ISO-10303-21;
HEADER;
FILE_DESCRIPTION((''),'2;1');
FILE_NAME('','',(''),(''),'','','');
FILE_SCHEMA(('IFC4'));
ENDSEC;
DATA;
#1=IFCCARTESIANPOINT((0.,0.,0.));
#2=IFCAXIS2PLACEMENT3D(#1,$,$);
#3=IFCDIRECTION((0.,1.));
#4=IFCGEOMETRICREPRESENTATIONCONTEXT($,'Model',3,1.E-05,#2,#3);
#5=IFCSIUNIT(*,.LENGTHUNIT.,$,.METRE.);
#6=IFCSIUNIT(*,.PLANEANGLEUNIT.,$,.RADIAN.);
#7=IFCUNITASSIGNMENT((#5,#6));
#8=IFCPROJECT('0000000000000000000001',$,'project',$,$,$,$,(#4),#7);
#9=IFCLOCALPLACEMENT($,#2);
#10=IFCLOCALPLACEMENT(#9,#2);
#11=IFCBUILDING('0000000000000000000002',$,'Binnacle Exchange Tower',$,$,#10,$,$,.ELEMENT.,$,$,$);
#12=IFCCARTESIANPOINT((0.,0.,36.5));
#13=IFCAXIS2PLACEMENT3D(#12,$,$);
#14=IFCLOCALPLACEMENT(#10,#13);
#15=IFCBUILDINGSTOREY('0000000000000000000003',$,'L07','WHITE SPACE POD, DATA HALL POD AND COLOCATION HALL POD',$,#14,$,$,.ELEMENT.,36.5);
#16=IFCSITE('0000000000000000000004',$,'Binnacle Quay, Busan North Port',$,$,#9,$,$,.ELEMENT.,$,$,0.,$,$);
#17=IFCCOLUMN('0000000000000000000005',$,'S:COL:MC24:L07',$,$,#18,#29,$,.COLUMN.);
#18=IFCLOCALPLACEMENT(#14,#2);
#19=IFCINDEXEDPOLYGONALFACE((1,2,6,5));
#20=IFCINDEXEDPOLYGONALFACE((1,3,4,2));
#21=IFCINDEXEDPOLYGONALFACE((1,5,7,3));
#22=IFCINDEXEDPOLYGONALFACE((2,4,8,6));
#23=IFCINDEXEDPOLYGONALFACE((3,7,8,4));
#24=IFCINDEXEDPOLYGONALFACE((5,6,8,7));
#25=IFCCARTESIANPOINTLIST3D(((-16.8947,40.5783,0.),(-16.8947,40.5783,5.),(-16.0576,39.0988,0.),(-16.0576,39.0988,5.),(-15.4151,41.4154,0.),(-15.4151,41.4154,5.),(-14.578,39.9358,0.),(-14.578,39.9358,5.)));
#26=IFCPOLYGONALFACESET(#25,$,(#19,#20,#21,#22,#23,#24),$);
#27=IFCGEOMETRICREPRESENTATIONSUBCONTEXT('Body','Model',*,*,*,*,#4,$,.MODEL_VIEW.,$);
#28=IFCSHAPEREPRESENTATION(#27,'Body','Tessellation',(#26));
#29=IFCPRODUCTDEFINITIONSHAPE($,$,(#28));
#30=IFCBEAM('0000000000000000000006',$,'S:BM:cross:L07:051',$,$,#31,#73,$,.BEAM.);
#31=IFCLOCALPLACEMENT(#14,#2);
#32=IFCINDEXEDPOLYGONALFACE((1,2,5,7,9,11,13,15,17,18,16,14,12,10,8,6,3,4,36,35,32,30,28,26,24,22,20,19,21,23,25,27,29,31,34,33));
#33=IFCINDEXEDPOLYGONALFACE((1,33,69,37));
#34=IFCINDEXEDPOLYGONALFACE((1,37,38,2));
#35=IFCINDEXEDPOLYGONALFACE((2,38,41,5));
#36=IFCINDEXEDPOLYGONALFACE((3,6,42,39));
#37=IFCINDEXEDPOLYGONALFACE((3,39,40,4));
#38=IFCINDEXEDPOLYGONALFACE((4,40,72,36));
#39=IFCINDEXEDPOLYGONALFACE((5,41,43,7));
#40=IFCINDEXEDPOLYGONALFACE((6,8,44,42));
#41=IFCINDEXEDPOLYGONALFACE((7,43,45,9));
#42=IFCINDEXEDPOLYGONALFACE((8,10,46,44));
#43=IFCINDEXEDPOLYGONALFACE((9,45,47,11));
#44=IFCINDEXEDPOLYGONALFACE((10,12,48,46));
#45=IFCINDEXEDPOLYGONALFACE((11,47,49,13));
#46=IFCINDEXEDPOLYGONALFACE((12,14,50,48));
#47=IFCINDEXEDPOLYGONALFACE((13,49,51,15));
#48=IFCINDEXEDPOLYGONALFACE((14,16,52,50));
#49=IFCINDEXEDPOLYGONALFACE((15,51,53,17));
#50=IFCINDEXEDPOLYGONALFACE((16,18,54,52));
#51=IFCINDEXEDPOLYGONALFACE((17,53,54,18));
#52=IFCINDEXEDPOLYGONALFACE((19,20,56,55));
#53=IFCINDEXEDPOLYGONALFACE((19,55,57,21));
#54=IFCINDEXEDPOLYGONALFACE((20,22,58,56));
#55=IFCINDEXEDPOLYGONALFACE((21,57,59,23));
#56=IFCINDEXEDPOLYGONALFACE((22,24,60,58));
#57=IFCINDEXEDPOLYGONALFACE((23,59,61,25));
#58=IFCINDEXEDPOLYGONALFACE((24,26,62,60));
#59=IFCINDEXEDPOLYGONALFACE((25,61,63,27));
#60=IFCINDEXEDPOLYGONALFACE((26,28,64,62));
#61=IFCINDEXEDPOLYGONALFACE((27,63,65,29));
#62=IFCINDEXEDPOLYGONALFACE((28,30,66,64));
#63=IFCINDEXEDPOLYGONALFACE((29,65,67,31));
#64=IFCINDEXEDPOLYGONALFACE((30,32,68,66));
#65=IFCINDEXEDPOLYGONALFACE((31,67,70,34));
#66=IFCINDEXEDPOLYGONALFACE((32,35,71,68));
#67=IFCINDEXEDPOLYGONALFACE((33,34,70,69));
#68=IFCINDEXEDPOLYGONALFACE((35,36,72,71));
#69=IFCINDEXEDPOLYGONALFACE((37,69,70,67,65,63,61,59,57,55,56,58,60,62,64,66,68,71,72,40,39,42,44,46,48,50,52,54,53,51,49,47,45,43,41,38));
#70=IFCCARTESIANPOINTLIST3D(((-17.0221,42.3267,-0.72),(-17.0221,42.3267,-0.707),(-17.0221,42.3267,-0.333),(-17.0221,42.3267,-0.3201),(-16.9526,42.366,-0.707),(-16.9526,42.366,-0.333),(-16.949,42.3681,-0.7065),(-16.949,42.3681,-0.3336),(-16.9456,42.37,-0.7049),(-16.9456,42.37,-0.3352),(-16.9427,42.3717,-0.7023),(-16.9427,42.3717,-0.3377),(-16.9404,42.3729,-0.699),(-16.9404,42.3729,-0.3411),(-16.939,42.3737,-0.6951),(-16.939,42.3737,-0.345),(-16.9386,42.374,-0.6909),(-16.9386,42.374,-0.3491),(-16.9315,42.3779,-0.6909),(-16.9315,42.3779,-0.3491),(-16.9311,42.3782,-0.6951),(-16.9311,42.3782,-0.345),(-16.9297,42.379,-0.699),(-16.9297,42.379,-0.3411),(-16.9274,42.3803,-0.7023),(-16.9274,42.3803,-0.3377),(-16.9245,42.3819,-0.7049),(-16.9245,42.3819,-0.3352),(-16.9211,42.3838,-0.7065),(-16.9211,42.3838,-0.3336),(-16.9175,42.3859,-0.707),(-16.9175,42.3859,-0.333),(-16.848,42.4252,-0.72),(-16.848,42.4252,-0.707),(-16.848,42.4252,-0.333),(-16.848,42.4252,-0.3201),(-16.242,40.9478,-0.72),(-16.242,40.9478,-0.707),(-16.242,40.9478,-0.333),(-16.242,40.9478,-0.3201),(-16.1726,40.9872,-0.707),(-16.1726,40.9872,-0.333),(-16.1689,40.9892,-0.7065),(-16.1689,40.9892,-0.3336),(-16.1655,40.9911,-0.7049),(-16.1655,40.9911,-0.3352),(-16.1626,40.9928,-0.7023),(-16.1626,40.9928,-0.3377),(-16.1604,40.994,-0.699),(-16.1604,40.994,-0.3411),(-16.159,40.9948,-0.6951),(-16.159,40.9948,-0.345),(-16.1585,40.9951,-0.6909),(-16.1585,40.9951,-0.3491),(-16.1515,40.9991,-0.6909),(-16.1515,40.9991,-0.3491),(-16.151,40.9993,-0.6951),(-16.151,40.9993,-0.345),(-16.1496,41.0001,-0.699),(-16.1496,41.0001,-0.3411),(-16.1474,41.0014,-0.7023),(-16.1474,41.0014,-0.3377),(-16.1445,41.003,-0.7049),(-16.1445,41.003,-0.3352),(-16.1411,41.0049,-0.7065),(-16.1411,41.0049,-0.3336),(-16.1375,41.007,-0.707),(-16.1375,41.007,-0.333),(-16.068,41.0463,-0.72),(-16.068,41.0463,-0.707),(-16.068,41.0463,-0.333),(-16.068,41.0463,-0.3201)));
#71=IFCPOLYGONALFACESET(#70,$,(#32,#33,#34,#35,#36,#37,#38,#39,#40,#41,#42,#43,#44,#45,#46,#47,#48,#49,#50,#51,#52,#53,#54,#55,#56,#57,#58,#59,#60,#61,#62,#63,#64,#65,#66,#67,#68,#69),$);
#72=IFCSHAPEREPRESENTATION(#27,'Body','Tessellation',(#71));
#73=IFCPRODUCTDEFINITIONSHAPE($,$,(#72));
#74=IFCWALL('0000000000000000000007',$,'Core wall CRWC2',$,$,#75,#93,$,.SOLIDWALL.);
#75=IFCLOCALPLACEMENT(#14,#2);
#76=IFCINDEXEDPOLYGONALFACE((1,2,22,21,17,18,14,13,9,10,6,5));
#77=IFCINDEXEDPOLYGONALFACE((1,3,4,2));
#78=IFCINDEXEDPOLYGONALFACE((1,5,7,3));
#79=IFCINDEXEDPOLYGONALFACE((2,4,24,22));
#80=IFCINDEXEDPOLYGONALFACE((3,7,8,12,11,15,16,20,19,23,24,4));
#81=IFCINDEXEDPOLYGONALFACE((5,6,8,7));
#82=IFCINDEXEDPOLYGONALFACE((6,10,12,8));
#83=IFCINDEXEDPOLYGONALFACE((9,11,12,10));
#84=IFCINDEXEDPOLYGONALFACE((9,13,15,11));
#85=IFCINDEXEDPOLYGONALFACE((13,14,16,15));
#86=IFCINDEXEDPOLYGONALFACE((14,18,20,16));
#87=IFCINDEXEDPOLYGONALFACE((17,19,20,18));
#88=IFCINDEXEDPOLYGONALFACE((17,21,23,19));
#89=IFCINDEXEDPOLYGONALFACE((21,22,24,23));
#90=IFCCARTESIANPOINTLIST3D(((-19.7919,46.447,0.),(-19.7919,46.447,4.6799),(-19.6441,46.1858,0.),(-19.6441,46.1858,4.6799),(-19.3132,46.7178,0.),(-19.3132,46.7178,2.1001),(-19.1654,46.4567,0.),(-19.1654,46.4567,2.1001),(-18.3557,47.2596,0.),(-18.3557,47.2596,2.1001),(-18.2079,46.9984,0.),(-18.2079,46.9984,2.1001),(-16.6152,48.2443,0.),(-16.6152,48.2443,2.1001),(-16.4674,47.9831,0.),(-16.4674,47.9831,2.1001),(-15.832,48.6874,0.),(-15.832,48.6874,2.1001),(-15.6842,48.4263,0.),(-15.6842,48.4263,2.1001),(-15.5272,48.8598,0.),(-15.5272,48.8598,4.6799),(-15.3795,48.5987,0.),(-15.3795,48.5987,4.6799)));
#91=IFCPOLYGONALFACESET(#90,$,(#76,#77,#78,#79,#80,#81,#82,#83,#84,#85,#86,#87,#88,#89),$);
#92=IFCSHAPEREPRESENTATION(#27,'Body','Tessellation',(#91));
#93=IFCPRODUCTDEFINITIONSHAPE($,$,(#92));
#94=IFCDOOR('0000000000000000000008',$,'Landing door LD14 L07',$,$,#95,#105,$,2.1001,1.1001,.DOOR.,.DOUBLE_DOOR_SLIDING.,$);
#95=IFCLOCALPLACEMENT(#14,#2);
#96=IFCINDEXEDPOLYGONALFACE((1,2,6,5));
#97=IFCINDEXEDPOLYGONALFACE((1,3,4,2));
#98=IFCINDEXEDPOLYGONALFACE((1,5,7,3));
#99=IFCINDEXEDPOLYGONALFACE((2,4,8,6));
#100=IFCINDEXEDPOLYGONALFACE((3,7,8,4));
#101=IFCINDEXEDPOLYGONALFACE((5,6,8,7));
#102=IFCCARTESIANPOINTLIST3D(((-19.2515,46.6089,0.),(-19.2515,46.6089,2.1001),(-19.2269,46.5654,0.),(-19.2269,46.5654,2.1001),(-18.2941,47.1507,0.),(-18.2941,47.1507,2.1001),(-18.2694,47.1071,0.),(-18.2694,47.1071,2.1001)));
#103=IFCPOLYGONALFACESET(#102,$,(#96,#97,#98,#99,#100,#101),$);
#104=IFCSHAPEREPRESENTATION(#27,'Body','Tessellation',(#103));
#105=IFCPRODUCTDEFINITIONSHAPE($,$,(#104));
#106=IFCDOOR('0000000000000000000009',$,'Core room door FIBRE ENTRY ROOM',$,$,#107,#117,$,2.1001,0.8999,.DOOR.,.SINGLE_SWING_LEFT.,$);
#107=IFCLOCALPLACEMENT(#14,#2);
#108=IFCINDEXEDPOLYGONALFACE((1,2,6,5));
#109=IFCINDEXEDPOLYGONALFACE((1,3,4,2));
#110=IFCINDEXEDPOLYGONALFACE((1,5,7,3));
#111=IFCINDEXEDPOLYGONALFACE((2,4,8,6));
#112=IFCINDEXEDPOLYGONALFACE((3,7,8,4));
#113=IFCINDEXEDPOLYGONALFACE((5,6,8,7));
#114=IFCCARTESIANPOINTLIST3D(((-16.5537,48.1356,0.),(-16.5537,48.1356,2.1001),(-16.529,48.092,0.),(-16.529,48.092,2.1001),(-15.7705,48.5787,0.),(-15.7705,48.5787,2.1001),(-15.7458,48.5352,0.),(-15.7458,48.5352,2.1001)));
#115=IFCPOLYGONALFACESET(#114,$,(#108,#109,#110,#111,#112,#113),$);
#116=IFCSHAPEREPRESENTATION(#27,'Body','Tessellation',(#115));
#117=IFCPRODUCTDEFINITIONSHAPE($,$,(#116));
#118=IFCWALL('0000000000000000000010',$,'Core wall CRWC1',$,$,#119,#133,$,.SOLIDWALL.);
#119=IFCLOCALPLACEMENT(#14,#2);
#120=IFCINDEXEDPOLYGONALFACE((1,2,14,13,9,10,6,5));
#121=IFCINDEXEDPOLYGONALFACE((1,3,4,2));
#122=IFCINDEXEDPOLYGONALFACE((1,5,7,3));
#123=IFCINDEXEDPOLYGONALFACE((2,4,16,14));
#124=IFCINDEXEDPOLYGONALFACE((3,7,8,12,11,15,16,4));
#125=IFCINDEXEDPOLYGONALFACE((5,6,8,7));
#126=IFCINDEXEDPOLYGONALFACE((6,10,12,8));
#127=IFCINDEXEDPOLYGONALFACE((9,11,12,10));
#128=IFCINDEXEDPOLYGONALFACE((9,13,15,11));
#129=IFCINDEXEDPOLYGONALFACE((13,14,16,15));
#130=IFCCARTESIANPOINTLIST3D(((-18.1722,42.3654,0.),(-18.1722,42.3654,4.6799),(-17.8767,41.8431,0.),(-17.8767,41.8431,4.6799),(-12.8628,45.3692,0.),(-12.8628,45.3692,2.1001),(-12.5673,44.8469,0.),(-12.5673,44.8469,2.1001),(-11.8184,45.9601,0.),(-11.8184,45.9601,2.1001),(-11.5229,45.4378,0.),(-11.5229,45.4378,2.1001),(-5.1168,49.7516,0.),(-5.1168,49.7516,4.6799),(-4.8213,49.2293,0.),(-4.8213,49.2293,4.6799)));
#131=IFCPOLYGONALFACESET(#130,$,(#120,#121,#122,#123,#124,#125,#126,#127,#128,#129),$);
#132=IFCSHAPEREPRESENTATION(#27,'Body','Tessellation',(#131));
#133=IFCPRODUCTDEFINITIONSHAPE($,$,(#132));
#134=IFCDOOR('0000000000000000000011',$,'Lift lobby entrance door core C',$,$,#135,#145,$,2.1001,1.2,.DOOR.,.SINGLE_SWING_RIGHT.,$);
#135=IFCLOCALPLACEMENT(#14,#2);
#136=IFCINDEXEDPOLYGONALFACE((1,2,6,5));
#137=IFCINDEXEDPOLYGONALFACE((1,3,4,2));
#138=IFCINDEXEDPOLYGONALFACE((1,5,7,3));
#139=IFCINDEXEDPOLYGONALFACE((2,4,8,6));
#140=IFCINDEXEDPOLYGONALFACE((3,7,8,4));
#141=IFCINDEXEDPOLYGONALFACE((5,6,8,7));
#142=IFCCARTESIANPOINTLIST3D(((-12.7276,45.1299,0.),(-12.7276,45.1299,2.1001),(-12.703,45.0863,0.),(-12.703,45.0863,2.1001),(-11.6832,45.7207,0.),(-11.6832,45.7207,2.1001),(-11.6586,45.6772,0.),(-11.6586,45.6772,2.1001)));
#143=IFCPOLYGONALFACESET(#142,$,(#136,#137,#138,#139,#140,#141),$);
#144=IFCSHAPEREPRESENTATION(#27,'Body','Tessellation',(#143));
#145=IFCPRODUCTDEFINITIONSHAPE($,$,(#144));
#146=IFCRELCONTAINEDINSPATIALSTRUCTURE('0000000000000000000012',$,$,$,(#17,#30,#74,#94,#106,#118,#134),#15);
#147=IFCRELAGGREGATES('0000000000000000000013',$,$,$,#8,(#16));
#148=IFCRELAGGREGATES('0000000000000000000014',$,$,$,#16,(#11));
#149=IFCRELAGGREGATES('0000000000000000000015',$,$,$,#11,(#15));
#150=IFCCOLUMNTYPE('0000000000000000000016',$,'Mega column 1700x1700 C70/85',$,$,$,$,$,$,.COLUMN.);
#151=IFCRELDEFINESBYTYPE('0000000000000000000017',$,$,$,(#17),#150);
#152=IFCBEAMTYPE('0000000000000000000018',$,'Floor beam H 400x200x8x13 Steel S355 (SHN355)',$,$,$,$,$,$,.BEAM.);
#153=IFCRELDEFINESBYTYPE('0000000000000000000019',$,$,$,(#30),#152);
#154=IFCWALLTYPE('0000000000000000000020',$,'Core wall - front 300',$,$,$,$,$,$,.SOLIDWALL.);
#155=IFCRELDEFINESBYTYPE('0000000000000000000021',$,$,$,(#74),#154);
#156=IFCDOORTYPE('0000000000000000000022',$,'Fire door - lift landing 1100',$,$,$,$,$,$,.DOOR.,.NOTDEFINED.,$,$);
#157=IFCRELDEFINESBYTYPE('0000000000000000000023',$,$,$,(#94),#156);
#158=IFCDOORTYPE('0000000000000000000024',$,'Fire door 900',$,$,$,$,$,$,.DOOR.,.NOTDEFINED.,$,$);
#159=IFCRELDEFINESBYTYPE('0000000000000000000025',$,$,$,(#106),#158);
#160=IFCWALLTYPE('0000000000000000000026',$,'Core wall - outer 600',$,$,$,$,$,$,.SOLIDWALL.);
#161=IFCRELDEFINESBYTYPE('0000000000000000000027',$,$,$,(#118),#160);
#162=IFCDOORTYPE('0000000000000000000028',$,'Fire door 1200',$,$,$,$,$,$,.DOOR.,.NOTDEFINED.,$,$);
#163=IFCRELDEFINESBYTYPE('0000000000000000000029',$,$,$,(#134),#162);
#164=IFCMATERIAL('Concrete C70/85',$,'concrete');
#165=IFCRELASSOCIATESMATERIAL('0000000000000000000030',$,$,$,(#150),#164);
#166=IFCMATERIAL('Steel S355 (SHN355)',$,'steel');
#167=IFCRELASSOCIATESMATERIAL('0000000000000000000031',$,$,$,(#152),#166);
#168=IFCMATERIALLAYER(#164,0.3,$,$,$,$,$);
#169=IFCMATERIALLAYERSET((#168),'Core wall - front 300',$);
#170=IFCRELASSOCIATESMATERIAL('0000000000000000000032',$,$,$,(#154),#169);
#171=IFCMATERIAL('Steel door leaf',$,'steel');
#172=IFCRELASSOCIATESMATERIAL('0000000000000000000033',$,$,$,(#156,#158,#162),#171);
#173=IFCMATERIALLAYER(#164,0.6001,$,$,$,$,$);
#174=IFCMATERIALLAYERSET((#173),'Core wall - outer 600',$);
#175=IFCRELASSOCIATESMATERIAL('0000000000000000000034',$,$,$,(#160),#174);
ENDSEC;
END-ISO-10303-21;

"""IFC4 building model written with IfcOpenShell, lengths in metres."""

from ifc_helpers import new_model, si_unit, direction, frame, frame_2d, origin, origin_2d, place, context, subcontext, project, spatial, rectangle, i_section, extrude, material, layer, layer_set, material_profile, profile_set, type_object, element, fill, save


model = new_model("IFC4")

# Units and contexts
model_context = context("Model", 3, precision=1e-05, world=origin(), true_north=direction((0.0, 1.0)))
body_context = subcontext(model_context, "Body", "Model", "MODEL_VIEW")
ifc_project = project(units=[si_unit("LENGTHUNIT", "METRE"), si_unit("PLANEANGLEUNIT", "RADIAN")], contexts=[model_context])

# Site, building, storey
site_placement = place(None, origin())
site = spatial("IfcSite", under=ifc_project, at=site_placement, Name="Binnacle Quay, Busan North Port", CompositionType="ELEMENT", RefElevation=0.0)
building_placement = place(site_placement, origin())
building = spatial("IfcBuilding", under=site, at=building_placement, Name="Binnacle Exchange Tower", CompositionType="ELEMENT")
storey_placement = place(building_placement, frame((0.0, 0.0, 36.5)))
storey = spatial("IfcBuildingStorey", under=building, at=storey_placement, Name="L07", Description="WHITE SPACE POD, DATA HALL POD AND COLOCATION HALL POD", CompositionType="ELEMENT", Elevation=36.5)

# Column
ifc_material_1 = material(Name="Concrete C70/85", Category="concrete")
ifc_material_profile_1 = material_profile(ifc_material_1, rectangle(XDim=1.7, YDim=1.7, at=origin_2d()), Name="Mega column 1700x1700 C70/85")
ifc_profile_set_1 = profile_set([ifc_material_profile_1], Name="Concrete C70/85")
column_type = type_object("IfcColumnType", Name="Mega column 1700x1700 C70/85", PredefinedType="COLUMN", material=ifc_profile_set_1)
column_placement = place(storey_placement, frame((-15.7363, 40.2571, 0.0), z_axis=(0.0, 0.0, 1.0), x_axis=(0.870356, 0.492424, 0.0)))
element("IfcColumn", 1, at=column_placement, inside=storey, type_object=column_type, Name="S:COL:MC24:L07", PredefinedType="COLUMN", context=body_context, shape_type="SweptSolid", body=[
    extrude(rectangle(XDim=1.7, YDim=1.7, at=origin_2d()), origin(), (0.0, 0.0, 1.0), 5.0),
])

# Beam
ifc_material_2 = material(Name="Steel S355 (SHN355)", Category="steel")
ifc_material_profile_2 = material_profile(ifc_material_2, i_section(OverallWidth=0.2, OverallDepth=0.3999, WebThickness=0.0081, FlangeThickness=0.0129, FilletRadius=0.0161, at=origin_2d()), Name="H 400x200x8x13")
ifc_profile_set_2 = profile_set([ifc_material_profile_2], Name="Steel S355 (SHN355)")
beam_type = type_object("IfcBeamType", Name="Floor beam H 400x200x8x13 Steel S355 (SHN355)", PredefinedType="BEAM", material=ifc_profile_set_2)
beam_placement = place(storey_placement, frame((-16.155, 40.9971, -0.52), z_axis=(-0.492367, 0.870388, 0.0), x_axis=(-0.870388, -0.492367, 0.0)))
element("IfcBeam", 2, at=beam_placement, inside=storey, type_object=beam_type, Name="S:BM:cross:L07:051", PredefinedType="BEAM", context=body_context, shape_type="SweptSolid", body=[
    extrude(i_section(OverallWidth=0.2, OverallDepth=0.3999, WebThickness=0.0081, FlangeThickness=0.0129, FilletRadius=0.0161, at=origin_2d()), origin(), (0.0, 0.0, 1.0), 1.5842),
])

# Wall, openings, doors
ifc_layer_1 = layer(ifc_material_1, 0.3)
ifc_layer_set_1 = layer_set([ifc_layer_1], Name="Core wall - front 300")
wall_type_1 = type_object("IfcWallType", Name="Core wall - front 300", PredefinedType="SOLIDWALL", material=ifc_layer_set_1)
wall_1_placement = place(storey_placement, frame((-19.718, 46.3164, 0.0), z_axis=(0.0, 0.0, 1.0), x_axis=(0.870354, 0.492427, 0.0)))
wall_1 = element("IfcWall", 3, at=wall_1_placement, inside=storey, type_object=wall_type_1, Name="Core wall CRWC2", PredefinedType="SOLIDWALL", context=body_context, shape_type="SweptSolid", body=[
    extrude(rectangle(XDim=4.8999, YDim=0.3, at=frame_2d((2.45, 0.0))), origin(), (0.0, 0.0, 1.0), 4.6799),
])
opening_1_placement = place(wall_1_placement, frame((0.55, 0.0, 0.0)))
opening_1 = element("IfcOpeningElement", 4, at=opening_1_placement, cuts=wall_1, PredefinedType="OPENING", context=body_context, shape_type="SweptSolid", body=[
    extrude(rectangle(XDim=1.1001, YDim=2.1001, at=frame_2d((0.55, 1.05))), frame((0.0, 0.1599, 0.0), z_axis=(0.0, -1.0, 0.0), x_axis=(1.0, 0.0, 0.0)), (0.0, 0.0, 1.0), 0.3201),
])
opening_2_placement = place(wall_1_placement, frame((3.6499, 0.0, 0.0)))
opening_2 = element("IfcOpeningElement", 5, at=opening_2_placement, cuts=wall_1, PredefinedType="OPENING", context=body_context, shape_type="SweptSolid", body=[
    extrude(rectangle(XDim=0.8999, YDim=2.1001, at=frame_2d((0.45, 1.05))), frame((0.0, 0.1599, 0.0), z_axis=(0.0, -1.0, 0.0), x_axis=(1.0, 0.0, 0.0)), (0.0, 0.0, 1.0), 0.3201),
])
ifc_material_3 = material(Name="Steel door leaf", Category="steel")
door_type_1 = type_object("IfcDoorType", Name="Fire door - lift landing 1100", OperationType="NOTDEFINED", PredefinedType="DOOR", material=ifc_material_3)
door_1_placement = place(opening_1_placement, origin())
door_1 = element("IfcDoor", 6, at=door_1_placement, inside=storey, type_object=door_type_1, Name="Landing door LD14 L07", OperationType="DOUBLE_DOOR_SLIDING", OverallHeight=2.1001, OverallWidth=1.1001, PredefinedType="DOOR", context=body_context, shape_type="SweptSolid", body=[
    extrude(rectangle(XDim=1.1001, YDim=2.1001, at=frame_2d((0.55, 1.05))), frame((0.0, 0.0249, 0.0), z_axis=(0.0, -1.0, 0.0), x_axis=(1.0, 0.0, 0.0)), (0.0, 0.0, 1.0), 0.05),
])
fill(opening_1, door_1)
door_type_2 = type_object("IfcDoorType", Name="Fire door 900", OperationType="NOTDEFINED", PredefinedType="DOOR", material=ifc_material_3)
door_2_placement = place(opening_2_placement, frame((0.8999, 0.0, 0.0), z_axis=(0.0, 0.0, 1.0), x_axis=(-1.0, 0.0, 0.0)))
door_2 = element("IfcDoor", 7, at=door_2_placement, inside=storey, type_object=door_type_2, Name="Core room door FIBRE ENTRY ROOM", OperationType="SINGLE_SWING_LEFT", OverallHeight=2.1001, OverallWidth=0.8999, PredefinedType="DOOR", context=body_context, shape_type="SweptSolid", body=[
    extrude(rectangle(XDim=0.8999, YDim=2.1001, at=frame_2d((0.45, 1.05))), frame((0.0, 0.0249, 0.0), z_axis=(0.0, -1.0, 0.0), x_axis=(1.0, 0.0, 0.0)), (0.0, 0.0, 1.0), 0.05),
])
fill(opening_2, door_2)

# Wall, opening, door
ifc_layer_2 = layer(ifc_material_1, 0.6001)
ifc_layer_set_2 = layer_set([ifc_layer_2], Name="Core wall - outer 600")
wall_type_2 = type_object("IfcWallType", Name="Core wall - outer 600", PredefinedType="SOLIDWALL", material=ifc_layer_set_2)
wall_2_placement = place(storey_placement, frame((-18.0244, 42.1042, 0.0), z_axis=(0.0, 0.0, 1.0), x_axis=(0.870361, 0.492415, 0.0)))
wall_2 = element("IfcWall", 8, at=wall_2_placement, inside=storey, type_object=wall_type_2, Name="Core wall CRWC1", PredefinedType="SOLIDWALL", context=body_context, shape_type="SweptSolid", body=[
    extrude(rectangle(XDim=15.0, YDim=0.6001, at=frame_2d((7.5, 0.0))), origin(), (0.0, 0.0, 1.0), 4.6799),
])
opening_3_placement = place(wall_2_placement, frame((6.1001, 0.0, 0.0)))
opening_3 = element("IfcOpeningElement", 9, at=opening_3_placement, cuts=wall_2, PredefinedType="OPENING", context=body_context, shape_type="SweptSolid", body=[
    extrude(rectangle(XDim=1.2, YDim=2.1001, at=frame_2d((0.6001, 1.05))), frame((0.0, 0.3101, 0.0), z_axis=(0.0, -1.0, 0.0), x_axis=(1.0, 0.0, 0.0)), (0.0, 0.0, 1.0), 0.6201),
])
door_type_3 = type_object("IfcDoorType", Name="Fire door 1200", OperationType="NOTDEFINED", PredefinedType="DOOR", material=ifc_material_3)
door_3_placement = place(opening_3_placement, frame((1.2, 0.0, 0.0), z_axis=(0.0, 0.0, 1.0), x_axis=(-1.0, 0.0, 0.0)))
door_3 = element("IfcDoor", 10, at=door_3_placement, inside=storey, type_object=door_type_3, Name="Lift lobby entrance door core C", OperationType="SINGLE_SWING_RIGHT", OverallHeight=2.1001, OverallWidth=1.2, PredefinedType="DOOR", context=body_context, shape_type="SweptSolid", body=[
    extrude(rectangle(XDim=1.2, YDim=2.1001, at=frame_2d((0.6001, 1.05))), frame((0.0, 0.0249, 0.0), z_axis=(0.0, -1.0, 0.0), x_axis=(1.0, 0.0, 0.0)), (0.0, 0.0, 1.0), 0.05),
])
fill(opening_3, door_3)

save(model, "model.ifc")
